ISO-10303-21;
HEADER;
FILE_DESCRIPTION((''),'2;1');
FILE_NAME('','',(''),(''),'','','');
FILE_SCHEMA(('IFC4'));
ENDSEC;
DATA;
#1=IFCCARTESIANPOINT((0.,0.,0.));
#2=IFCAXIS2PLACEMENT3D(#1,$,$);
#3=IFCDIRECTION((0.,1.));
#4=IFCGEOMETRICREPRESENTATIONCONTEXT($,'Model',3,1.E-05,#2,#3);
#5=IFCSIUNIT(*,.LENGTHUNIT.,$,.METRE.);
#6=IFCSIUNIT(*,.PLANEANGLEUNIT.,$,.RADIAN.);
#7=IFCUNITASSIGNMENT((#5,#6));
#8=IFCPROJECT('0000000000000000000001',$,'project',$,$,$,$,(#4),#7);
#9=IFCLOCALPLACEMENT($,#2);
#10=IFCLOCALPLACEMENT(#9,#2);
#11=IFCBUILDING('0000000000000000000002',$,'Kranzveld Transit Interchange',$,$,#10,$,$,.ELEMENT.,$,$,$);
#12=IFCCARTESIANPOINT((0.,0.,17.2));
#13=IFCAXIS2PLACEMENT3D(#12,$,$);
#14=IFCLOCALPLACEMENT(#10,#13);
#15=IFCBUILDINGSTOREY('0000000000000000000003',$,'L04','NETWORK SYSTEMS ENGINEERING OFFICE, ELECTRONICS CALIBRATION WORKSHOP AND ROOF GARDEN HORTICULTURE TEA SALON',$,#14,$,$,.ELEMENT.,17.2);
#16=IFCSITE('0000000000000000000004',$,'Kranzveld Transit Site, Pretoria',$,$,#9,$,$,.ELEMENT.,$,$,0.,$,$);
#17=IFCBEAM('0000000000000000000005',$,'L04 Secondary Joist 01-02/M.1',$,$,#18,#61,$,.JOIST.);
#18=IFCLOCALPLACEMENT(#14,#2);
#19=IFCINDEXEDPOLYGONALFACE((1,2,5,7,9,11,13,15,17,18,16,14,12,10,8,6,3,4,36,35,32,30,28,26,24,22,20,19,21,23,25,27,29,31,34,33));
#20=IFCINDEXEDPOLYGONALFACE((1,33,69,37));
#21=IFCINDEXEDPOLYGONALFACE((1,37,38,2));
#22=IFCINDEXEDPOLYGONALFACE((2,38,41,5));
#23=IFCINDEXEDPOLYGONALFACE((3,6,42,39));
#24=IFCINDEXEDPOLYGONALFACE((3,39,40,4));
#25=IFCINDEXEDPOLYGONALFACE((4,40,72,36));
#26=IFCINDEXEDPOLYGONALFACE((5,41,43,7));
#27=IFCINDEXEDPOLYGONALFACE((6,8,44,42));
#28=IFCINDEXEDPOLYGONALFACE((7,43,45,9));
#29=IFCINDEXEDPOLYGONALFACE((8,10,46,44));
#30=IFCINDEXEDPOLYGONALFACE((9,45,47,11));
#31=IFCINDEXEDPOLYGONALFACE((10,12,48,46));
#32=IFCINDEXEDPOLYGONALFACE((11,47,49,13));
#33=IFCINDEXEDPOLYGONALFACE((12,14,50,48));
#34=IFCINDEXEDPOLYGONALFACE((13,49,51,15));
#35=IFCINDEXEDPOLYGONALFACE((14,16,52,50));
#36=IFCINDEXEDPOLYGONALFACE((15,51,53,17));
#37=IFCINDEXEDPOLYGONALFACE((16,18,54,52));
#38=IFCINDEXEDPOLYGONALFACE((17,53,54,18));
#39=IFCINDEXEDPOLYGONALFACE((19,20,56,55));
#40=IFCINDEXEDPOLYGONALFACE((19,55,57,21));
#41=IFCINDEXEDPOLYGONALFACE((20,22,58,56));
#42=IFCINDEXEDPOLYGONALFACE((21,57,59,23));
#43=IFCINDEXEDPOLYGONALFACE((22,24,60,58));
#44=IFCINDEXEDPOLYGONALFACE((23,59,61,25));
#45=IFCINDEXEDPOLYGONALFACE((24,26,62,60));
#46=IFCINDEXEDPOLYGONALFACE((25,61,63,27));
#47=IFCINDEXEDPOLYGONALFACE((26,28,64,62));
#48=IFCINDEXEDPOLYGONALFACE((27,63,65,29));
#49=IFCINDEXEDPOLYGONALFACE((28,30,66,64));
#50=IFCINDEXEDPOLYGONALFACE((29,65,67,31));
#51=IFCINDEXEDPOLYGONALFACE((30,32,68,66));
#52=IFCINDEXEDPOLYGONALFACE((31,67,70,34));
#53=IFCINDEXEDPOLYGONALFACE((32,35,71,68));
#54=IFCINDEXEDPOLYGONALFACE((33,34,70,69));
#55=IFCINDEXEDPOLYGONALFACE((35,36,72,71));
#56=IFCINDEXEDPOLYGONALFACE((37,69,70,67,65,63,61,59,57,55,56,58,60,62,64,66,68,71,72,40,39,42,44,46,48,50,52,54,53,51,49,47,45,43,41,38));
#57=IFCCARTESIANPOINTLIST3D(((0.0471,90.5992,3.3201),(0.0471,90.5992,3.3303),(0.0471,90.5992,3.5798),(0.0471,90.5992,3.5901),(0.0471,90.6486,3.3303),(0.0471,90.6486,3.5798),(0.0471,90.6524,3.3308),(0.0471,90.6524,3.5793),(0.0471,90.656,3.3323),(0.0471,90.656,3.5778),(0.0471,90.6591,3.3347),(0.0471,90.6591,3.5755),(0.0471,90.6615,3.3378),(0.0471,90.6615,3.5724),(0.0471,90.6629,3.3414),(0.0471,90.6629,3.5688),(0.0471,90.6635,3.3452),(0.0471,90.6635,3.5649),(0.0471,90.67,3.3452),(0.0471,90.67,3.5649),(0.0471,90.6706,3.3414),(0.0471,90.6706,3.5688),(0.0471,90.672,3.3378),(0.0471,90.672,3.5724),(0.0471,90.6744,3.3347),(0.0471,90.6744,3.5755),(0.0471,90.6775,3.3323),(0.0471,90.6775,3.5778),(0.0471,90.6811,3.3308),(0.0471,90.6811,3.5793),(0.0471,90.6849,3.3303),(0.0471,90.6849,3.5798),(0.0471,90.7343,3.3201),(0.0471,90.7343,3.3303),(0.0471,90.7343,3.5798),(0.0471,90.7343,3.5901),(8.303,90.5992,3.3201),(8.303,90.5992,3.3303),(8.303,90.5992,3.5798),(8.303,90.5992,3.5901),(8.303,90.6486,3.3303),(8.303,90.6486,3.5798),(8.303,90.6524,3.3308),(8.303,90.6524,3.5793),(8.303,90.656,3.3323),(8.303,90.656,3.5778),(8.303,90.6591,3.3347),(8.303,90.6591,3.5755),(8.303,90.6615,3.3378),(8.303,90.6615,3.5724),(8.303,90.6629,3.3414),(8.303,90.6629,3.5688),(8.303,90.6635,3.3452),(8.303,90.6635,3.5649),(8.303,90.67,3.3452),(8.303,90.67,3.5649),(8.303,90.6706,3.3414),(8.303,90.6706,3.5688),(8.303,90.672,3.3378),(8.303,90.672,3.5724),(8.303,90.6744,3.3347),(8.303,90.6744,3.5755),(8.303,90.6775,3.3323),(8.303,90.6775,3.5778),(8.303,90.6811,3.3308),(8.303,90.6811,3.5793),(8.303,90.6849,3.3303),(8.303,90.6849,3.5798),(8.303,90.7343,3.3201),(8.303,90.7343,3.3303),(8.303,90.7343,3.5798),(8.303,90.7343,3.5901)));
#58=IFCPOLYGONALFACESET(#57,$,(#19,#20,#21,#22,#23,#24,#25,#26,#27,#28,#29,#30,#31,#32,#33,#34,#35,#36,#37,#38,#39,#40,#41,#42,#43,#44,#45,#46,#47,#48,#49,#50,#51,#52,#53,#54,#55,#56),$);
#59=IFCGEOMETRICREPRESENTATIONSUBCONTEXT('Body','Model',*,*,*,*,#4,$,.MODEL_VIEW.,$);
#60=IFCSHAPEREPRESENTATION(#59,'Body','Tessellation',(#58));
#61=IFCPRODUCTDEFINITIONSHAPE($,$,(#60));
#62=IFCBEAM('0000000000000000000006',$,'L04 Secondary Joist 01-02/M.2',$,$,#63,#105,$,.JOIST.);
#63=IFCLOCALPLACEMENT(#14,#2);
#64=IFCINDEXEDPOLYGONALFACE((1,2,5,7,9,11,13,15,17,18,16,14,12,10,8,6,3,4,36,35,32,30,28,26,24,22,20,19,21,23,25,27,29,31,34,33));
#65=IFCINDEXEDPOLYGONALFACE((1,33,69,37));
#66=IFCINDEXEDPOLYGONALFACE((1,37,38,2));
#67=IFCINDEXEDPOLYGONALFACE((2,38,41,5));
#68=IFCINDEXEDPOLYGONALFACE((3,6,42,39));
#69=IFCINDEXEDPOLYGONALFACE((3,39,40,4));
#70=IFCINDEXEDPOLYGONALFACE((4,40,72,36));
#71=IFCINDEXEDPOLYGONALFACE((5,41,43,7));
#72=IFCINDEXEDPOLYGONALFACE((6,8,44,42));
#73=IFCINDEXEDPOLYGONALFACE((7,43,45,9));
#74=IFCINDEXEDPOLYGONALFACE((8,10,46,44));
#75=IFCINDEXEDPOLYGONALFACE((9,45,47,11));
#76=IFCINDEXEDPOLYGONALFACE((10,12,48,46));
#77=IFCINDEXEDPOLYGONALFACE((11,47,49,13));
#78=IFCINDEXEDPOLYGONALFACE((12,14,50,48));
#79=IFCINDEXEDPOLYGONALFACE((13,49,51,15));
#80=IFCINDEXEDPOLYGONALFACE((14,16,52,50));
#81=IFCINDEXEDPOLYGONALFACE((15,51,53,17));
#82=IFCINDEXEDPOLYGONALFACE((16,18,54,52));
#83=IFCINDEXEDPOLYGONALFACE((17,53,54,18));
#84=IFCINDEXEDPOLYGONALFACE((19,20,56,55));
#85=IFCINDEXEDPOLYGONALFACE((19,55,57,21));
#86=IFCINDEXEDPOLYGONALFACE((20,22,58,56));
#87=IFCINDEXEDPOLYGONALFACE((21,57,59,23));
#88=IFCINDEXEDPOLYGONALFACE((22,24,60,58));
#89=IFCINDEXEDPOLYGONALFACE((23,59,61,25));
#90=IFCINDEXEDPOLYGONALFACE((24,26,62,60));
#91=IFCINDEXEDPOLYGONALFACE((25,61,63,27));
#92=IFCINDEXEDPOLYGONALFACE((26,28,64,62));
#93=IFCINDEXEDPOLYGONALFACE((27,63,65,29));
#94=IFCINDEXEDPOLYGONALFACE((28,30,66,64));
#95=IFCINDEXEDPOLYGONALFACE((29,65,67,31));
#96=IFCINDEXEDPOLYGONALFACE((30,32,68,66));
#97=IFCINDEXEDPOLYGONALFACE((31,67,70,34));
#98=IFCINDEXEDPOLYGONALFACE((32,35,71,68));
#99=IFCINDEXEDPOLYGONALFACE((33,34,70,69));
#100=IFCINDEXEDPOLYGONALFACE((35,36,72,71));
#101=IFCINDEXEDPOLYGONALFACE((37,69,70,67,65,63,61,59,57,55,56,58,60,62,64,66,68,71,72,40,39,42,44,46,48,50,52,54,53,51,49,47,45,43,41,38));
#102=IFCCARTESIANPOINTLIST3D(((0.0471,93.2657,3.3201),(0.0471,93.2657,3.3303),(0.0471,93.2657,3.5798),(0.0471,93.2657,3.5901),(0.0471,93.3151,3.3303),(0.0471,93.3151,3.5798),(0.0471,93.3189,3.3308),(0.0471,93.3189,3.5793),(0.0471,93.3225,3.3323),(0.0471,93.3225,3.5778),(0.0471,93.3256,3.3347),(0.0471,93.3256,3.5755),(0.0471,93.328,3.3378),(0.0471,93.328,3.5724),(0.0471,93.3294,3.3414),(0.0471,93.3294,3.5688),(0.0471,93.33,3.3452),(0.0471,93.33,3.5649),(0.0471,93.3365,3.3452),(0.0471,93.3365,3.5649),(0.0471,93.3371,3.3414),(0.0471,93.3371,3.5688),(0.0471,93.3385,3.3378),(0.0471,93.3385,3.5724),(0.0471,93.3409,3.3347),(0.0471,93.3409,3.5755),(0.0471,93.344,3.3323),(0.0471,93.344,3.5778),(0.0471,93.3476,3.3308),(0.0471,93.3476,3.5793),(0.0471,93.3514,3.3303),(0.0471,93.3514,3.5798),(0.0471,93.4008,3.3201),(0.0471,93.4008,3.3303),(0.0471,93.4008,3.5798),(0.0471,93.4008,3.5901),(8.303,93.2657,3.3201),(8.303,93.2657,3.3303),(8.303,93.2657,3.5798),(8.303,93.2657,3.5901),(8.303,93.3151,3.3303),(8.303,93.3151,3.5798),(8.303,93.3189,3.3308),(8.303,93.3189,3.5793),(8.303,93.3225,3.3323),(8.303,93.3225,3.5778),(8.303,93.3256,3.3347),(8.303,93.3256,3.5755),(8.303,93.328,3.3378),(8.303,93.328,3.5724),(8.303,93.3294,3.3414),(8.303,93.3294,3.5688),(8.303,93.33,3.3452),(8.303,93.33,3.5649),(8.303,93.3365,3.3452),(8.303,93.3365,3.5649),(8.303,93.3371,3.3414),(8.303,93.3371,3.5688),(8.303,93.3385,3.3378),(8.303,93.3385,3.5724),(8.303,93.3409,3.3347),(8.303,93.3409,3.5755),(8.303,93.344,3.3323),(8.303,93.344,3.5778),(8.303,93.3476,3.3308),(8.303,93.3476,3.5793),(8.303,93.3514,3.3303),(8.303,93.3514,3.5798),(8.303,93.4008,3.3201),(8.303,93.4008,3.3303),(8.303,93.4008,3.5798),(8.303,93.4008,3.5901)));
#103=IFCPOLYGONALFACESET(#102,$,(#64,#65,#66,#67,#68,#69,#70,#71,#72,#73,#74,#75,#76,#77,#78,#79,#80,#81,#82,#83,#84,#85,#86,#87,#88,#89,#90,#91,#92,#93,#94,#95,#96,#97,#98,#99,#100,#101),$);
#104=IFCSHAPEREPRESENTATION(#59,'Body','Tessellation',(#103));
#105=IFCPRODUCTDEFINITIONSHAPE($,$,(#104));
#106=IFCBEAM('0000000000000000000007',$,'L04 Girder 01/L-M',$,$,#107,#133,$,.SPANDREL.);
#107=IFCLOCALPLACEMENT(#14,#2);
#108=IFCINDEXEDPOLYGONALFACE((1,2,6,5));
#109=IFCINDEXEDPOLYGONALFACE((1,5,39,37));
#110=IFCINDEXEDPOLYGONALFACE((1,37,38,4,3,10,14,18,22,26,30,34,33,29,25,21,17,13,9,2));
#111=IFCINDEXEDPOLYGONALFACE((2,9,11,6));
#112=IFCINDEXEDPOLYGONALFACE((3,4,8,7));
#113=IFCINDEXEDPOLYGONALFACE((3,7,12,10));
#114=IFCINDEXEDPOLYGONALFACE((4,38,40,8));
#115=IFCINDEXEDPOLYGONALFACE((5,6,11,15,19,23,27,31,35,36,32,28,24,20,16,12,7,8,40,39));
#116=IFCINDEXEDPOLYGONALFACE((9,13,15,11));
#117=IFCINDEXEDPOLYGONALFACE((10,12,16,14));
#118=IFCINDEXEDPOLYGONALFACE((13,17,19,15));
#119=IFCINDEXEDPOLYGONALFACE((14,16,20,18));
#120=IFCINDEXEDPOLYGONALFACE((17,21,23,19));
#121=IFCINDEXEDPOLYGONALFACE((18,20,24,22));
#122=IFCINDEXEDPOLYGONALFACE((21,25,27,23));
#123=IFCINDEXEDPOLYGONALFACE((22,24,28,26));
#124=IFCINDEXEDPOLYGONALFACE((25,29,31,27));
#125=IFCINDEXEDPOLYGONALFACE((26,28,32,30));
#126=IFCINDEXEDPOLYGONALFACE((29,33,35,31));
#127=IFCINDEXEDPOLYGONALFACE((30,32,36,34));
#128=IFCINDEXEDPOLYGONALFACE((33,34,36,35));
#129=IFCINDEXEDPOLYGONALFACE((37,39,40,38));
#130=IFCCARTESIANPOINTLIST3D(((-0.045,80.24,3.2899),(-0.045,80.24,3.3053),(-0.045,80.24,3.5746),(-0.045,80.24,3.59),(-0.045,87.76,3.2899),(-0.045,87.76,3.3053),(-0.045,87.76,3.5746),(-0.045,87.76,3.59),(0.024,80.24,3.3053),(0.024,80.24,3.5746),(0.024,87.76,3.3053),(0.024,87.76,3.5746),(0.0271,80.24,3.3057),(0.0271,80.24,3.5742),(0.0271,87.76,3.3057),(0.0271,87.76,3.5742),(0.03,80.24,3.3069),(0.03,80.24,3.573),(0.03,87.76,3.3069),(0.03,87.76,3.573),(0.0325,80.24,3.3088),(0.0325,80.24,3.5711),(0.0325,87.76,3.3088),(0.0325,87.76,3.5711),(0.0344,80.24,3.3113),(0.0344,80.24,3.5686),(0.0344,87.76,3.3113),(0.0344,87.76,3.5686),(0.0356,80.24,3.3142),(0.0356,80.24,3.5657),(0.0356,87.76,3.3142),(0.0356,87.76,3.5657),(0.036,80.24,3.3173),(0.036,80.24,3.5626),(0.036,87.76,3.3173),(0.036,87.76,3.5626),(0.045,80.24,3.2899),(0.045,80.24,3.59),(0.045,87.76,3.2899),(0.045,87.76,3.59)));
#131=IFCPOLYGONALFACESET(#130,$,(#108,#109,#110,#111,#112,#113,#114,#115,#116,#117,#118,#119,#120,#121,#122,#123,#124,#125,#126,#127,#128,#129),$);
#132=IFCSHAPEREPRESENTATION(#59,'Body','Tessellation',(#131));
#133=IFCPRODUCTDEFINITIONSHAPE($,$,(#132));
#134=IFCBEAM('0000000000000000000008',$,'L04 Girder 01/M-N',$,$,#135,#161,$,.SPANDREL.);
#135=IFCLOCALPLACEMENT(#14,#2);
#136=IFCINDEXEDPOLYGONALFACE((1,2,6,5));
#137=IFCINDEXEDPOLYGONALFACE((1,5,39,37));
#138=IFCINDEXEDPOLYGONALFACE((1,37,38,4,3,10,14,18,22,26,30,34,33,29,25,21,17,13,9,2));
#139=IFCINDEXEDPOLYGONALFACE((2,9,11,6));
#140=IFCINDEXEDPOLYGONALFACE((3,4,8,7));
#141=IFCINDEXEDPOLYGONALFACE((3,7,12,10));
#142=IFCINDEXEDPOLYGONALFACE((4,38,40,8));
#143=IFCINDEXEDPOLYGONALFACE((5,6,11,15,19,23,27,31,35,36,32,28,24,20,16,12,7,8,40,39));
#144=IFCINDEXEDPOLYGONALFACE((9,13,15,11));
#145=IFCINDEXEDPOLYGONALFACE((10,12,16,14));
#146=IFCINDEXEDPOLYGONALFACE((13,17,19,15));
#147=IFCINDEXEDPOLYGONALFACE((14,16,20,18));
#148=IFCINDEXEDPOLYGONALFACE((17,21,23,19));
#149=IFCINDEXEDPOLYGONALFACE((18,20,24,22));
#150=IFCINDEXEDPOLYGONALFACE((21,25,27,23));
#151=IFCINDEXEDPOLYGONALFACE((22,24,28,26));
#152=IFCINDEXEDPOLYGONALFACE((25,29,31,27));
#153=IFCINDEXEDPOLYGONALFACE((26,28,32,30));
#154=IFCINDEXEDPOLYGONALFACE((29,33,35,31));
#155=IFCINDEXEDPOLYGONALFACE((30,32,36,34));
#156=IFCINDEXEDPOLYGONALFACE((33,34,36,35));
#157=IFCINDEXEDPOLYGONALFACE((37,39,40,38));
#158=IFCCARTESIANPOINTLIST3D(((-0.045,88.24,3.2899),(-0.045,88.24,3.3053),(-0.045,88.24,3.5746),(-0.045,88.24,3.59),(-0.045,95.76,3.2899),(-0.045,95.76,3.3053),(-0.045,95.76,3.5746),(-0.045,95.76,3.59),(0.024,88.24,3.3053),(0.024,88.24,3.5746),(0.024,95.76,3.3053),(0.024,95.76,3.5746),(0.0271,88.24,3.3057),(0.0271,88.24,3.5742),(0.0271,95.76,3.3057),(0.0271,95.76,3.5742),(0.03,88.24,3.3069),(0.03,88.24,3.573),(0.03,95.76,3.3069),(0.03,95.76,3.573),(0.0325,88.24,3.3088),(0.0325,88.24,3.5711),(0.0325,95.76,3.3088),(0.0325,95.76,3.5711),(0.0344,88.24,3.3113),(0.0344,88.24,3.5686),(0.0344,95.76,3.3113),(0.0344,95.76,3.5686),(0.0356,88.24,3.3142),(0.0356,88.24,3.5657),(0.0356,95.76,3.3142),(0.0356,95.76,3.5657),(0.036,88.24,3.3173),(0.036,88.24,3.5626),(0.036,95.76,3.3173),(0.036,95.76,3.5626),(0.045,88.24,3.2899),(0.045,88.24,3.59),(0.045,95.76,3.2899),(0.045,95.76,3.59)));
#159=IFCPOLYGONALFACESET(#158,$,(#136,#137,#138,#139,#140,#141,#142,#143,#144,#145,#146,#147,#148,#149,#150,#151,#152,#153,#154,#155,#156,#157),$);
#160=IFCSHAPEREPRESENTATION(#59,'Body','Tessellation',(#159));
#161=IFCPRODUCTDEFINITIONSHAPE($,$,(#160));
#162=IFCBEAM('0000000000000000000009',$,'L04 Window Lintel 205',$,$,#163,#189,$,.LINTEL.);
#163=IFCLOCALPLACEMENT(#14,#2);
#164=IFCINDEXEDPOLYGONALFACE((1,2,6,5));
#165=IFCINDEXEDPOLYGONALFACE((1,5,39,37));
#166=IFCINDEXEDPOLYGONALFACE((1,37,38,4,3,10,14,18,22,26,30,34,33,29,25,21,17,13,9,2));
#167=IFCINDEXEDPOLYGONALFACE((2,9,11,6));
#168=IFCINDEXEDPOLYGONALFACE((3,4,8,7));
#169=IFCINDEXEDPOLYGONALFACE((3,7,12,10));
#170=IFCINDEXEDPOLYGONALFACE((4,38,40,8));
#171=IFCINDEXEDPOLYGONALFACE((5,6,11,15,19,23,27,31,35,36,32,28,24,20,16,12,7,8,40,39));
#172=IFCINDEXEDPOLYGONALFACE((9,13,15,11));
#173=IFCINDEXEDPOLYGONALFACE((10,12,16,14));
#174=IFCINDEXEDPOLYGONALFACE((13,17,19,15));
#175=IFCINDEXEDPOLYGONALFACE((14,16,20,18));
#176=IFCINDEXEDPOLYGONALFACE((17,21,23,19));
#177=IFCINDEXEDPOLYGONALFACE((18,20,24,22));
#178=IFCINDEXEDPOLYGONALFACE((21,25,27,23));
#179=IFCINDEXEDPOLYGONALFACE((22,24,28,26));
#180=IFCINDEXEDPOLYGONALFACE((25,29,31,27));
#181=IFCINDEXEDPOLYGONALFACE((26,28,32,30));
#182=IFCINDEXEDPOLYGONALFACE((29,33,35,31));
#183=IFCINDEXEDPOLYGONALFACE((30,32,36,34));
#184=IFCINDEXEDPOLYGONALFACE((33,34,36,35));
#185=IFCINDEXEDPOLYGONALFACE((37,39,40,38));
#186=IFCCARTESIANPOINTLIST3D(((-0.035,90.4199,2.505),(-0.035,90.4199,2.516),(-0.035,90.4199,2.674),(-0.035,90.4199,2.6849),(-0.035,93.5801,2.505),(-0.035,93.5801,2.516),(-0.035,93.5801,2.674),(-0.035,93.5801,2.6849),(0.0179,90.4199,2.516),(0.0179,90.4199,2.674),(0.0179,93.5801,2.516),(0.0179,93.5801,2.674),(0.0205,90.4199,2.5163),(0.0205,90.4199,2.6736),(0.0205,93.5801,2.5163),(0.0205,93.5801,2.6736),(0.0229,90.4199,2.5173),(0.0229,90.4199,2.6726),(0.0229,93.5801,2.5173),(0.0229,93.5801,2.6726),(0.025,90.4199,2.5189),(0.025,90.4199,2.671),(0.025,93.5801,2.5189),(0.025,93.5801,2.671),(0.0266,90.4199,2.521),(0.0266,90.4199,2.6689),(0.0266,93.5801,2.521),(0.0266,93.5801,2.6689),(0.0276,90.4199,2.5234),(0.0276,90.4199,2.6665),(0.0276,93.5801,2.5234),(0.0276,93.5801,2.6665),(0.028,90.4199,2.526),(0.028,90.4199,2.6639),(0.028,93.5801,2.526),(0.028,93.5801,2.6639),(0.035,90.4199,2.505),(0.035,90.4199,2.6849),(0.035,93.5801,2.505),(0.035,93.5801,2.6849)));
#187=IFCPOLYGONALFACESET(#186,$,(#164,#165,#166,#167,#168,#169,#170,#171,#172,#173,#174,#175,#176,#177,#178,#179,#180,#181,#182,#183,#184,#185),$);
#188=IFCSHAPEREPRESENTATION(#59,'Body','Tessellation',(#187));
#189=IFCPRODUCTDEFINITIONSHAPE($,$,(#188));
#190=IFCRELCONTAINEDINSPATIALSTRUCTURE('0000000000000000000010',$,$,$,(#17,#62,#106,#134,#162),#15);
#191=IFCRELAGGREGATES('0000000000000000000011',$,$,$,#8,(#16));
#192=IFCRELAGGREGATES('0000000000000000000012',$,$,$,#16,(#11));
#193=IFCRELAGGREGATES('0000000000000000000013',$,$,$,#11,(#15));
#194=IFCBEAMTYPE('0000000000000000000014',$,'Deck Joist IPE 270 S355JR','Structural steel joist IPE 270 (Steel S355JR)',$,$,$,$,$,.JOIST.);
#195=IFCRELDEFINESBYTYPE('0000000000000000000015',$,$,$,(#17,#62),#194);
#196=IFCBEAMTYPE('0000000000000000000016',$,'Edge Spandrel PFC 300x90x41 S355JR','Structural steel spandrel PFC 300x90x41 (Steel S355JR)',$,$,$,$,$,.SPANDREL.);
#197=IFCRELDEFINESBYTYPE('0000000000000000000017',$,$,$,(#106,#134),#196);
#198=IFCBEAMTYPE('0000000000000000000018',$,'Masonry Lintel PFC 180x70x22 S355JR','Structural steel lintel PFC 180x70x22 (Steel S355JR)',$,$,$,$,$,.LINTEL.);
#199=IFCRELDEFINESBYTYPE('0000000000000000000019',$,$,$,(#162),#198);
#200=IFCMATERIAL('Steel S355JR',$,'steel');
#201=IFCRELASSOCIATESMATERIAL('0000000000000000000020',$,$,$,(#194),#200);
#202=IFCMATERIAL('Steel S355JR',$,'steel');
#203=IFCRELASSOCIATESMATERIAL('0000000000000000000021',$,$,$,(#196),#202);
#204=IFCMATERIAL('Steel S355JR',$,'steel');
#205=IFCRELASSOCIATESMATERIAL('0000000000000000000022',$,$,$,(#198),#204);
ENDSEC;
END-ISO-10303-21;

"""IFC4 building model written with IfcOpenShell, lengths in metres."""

from ifc_helpers import new_model, si_unit, direction, frame, origin, origin_2d, place, context, subcontext, project, spatial, i_section, u_section, extrude, material, material_profile, profile_set, type_object, element, save


model = new_model("IFC4")

# Units and contexts
model_context = context("Model", 3, precision=1e-05, world=origin(), true_north=direction((0.0, 1.0)))
body_context = subcontext(model_context, "Body", "Model", "MODEL_VIEW")
ifc_project = project(units=[si_unit("LENGTHUNIT", "METRE"), si_unit("PLANEANGLEUNIT", "RADIAN")], contexts=[model_context])

# Site, building, storey
site_placement = place(None, origin())
site = spatial("IfcSite", under=ifc_project, at=site_placement, Name="Kranzveld Transit Site, Pretoria", CompositionType="ELEMENT", RefElevation=0.0)
building_placement = place(site_placement, origin())
building = spatial("IfcBuilding", under=site, at=building_placement, Name="Kranzveld Transit Interchange", CompositionType="ELEMENT")
storey_placement = place(building_placement, frame((0.0, 0.0, 17.2)))
storey = spatial("IfcBuildingStorey", under=building, at=storey_placement, Name="L04", Description="NETWORK SYSTEMS ENGINEERING OFFICE, ELECTRONICS CALIBRATION WORKSHOP AND ROOF GARDEN HORTICULTURE TEA SALON", CompositionType="ELEMENT", Elevation=17.2)

# Beams
ifc_material_1 = material(Name="Steel S355JR", Category="steel")
ifc_material_profile_1 = material_profile(ifc_material_1, i_section(OverallWidth=0.135, OverallDepth=0.27, WebThickness=0.0066, FlangeThickness=0.0103, FilletRadius=0.0149, at=origin_2d()), Name="IPE 270")
ifc_profile_set_1 = profile_set([ifc_material_profile_1], Name="Steel S355JR")
beam_type_1 = type_object("IfcBeamType", Name="Deck Joist IPE 270 S355JR", Description="Structural steel joist IPE 270 (Steel S355JR)", PredefinedType="JOIST", material=ifc_profile_set_1)
for number, where, z_axis, x_axis, name in (
    (1, (0.0471, 90.6667, 3.4551), (1.0, 0.0, 0.0), (0.0, 1.0, 0.0), "L04 Secondary Joist 01-02/M.1"),
    (2, (0.0471, 93.3333, 3.4551), (1.0, 0.0, 0.0), (0.0, 1.0, 0.0), "L04 Secondary Joist 01-02/M.2"),
):
    element("IfcBeam", number, at=place(storey_placement, frame(where, z_axis=z_axis, x_axis=x_axis)), inside=storey, type_object=beam_type_1, Name=name, PredefinedType="JOIST", context=body_context, shape_type="SweptSolid", body=[
        extrude(i_section(OverallWidth=0.135, OverallDepth=0.27, WebThickness=0.0066, FlangeThickness=0.0103, FilletRadius=0.0149, at=origin_2d()), origin(), (0.0, 0.0, 1.0), 8.2559),
    ])
ifc_material_2 = material(Name="Steel S355JR", Category="steel")
ifc_material_profile_2 = material_profile(ifc_material_2, u_section(Depth=0.3, FlangeWidth=0.0901, WebThickness=0.009, FlangeThickness=0.0154, FilletRadius=0.012, at=origin_2d()), Name="PFC 300x90x41")
ifc_profile_set_2 = profile_set([ifc_material_profile_2], Name="Steel S355JR")
beam_type_2 = type_object("IfcBeamType", Name="Edge Spandrel PFC 300x90x41 S355JR", Description="Structural steel spandrel PFC 300x90x41 (Steel S355JR)", PredefinedType="SPANDREL", material=ifc_profile_set_2)
for number, where, z_axis, x_axis, name in (
    (3, (0.0, 80.24, 3.4399), (0.0, 1.0, 0.0), (-1.0, 0.0, 0.0), "L04 Girder 01/L-M"),
    (4, (0.0, 88.24, 3.4399), (0.0, 1.0, 0.0), (-1.0, 0.0, 0.0), "L04 Girder 01/M-N"),
):
    element("IfcBeam", number, at=place(storey_placement, frame(where, z_axis=z_axis, x_axis=x_axis)), inside=storey, type_object=beam_type_2, Name=name, PredefinedType="SPANDREL", context=body_context, shape_type="SweptSolid", body=[
        extrude(u_section(Depth=0.3, FlangeWidth=0.0901, WebThickness=0.009, FlangeThickness=0.0154, FilletRadius=0.012, at=origin_2d()), origin(), (0.0, 0.0, 1.0), 7.52),
    ])
ifc_material_3 = material(Name="Steel S355JR", Category="steel")
ifc_material_profile_3 = material_profile(ifc_material_3, u_section(Depth=0.1799, FlangeWidth=0.0701, WebThickness=0.0071, FlangeThickness=0.011, FilletRadius=0.01, at=origin_2d()), Name="PFC 180x70x22")
ifc_profile_set_3 = profile_set([ifc_material_profile_3], Name="Steel S355JR")
beam_type_3 = type_object("IfcBeamType", Name="Masonry Lintel PFC 180x70x22 S355JR", Description="Structural steel lintel PFC 180x70x22 (Steel S355JR)", PredefinedType="LINTEL", material=ifc_profile_set_3)
beam_1_placement = place(storey_placement, frame((0.0, 90.4199, 2.595), z_axis=(0.0, 1.0, 0.0), x_axis=(-1.0, 0.0, 0.0)))
element("IfcBeam", 5, at=beam_1_placement, inside=storey, type_object=beam_type_3, Name="L04 Window Lintel 205", PredefinedType="LINTEL", context=body_context, shape_type="SweptSolid", body=[
    extrude(u_section(Depth=0.1799, FlangeWidth=0.0701, WebThickness=0.0071, FlangeThickness=0.011, FilletRadius=0.01, at=origin_2d()), origin(), (0.0, 0.0, 1.0), 3.1602),
])

save(model, "model.ifc")
